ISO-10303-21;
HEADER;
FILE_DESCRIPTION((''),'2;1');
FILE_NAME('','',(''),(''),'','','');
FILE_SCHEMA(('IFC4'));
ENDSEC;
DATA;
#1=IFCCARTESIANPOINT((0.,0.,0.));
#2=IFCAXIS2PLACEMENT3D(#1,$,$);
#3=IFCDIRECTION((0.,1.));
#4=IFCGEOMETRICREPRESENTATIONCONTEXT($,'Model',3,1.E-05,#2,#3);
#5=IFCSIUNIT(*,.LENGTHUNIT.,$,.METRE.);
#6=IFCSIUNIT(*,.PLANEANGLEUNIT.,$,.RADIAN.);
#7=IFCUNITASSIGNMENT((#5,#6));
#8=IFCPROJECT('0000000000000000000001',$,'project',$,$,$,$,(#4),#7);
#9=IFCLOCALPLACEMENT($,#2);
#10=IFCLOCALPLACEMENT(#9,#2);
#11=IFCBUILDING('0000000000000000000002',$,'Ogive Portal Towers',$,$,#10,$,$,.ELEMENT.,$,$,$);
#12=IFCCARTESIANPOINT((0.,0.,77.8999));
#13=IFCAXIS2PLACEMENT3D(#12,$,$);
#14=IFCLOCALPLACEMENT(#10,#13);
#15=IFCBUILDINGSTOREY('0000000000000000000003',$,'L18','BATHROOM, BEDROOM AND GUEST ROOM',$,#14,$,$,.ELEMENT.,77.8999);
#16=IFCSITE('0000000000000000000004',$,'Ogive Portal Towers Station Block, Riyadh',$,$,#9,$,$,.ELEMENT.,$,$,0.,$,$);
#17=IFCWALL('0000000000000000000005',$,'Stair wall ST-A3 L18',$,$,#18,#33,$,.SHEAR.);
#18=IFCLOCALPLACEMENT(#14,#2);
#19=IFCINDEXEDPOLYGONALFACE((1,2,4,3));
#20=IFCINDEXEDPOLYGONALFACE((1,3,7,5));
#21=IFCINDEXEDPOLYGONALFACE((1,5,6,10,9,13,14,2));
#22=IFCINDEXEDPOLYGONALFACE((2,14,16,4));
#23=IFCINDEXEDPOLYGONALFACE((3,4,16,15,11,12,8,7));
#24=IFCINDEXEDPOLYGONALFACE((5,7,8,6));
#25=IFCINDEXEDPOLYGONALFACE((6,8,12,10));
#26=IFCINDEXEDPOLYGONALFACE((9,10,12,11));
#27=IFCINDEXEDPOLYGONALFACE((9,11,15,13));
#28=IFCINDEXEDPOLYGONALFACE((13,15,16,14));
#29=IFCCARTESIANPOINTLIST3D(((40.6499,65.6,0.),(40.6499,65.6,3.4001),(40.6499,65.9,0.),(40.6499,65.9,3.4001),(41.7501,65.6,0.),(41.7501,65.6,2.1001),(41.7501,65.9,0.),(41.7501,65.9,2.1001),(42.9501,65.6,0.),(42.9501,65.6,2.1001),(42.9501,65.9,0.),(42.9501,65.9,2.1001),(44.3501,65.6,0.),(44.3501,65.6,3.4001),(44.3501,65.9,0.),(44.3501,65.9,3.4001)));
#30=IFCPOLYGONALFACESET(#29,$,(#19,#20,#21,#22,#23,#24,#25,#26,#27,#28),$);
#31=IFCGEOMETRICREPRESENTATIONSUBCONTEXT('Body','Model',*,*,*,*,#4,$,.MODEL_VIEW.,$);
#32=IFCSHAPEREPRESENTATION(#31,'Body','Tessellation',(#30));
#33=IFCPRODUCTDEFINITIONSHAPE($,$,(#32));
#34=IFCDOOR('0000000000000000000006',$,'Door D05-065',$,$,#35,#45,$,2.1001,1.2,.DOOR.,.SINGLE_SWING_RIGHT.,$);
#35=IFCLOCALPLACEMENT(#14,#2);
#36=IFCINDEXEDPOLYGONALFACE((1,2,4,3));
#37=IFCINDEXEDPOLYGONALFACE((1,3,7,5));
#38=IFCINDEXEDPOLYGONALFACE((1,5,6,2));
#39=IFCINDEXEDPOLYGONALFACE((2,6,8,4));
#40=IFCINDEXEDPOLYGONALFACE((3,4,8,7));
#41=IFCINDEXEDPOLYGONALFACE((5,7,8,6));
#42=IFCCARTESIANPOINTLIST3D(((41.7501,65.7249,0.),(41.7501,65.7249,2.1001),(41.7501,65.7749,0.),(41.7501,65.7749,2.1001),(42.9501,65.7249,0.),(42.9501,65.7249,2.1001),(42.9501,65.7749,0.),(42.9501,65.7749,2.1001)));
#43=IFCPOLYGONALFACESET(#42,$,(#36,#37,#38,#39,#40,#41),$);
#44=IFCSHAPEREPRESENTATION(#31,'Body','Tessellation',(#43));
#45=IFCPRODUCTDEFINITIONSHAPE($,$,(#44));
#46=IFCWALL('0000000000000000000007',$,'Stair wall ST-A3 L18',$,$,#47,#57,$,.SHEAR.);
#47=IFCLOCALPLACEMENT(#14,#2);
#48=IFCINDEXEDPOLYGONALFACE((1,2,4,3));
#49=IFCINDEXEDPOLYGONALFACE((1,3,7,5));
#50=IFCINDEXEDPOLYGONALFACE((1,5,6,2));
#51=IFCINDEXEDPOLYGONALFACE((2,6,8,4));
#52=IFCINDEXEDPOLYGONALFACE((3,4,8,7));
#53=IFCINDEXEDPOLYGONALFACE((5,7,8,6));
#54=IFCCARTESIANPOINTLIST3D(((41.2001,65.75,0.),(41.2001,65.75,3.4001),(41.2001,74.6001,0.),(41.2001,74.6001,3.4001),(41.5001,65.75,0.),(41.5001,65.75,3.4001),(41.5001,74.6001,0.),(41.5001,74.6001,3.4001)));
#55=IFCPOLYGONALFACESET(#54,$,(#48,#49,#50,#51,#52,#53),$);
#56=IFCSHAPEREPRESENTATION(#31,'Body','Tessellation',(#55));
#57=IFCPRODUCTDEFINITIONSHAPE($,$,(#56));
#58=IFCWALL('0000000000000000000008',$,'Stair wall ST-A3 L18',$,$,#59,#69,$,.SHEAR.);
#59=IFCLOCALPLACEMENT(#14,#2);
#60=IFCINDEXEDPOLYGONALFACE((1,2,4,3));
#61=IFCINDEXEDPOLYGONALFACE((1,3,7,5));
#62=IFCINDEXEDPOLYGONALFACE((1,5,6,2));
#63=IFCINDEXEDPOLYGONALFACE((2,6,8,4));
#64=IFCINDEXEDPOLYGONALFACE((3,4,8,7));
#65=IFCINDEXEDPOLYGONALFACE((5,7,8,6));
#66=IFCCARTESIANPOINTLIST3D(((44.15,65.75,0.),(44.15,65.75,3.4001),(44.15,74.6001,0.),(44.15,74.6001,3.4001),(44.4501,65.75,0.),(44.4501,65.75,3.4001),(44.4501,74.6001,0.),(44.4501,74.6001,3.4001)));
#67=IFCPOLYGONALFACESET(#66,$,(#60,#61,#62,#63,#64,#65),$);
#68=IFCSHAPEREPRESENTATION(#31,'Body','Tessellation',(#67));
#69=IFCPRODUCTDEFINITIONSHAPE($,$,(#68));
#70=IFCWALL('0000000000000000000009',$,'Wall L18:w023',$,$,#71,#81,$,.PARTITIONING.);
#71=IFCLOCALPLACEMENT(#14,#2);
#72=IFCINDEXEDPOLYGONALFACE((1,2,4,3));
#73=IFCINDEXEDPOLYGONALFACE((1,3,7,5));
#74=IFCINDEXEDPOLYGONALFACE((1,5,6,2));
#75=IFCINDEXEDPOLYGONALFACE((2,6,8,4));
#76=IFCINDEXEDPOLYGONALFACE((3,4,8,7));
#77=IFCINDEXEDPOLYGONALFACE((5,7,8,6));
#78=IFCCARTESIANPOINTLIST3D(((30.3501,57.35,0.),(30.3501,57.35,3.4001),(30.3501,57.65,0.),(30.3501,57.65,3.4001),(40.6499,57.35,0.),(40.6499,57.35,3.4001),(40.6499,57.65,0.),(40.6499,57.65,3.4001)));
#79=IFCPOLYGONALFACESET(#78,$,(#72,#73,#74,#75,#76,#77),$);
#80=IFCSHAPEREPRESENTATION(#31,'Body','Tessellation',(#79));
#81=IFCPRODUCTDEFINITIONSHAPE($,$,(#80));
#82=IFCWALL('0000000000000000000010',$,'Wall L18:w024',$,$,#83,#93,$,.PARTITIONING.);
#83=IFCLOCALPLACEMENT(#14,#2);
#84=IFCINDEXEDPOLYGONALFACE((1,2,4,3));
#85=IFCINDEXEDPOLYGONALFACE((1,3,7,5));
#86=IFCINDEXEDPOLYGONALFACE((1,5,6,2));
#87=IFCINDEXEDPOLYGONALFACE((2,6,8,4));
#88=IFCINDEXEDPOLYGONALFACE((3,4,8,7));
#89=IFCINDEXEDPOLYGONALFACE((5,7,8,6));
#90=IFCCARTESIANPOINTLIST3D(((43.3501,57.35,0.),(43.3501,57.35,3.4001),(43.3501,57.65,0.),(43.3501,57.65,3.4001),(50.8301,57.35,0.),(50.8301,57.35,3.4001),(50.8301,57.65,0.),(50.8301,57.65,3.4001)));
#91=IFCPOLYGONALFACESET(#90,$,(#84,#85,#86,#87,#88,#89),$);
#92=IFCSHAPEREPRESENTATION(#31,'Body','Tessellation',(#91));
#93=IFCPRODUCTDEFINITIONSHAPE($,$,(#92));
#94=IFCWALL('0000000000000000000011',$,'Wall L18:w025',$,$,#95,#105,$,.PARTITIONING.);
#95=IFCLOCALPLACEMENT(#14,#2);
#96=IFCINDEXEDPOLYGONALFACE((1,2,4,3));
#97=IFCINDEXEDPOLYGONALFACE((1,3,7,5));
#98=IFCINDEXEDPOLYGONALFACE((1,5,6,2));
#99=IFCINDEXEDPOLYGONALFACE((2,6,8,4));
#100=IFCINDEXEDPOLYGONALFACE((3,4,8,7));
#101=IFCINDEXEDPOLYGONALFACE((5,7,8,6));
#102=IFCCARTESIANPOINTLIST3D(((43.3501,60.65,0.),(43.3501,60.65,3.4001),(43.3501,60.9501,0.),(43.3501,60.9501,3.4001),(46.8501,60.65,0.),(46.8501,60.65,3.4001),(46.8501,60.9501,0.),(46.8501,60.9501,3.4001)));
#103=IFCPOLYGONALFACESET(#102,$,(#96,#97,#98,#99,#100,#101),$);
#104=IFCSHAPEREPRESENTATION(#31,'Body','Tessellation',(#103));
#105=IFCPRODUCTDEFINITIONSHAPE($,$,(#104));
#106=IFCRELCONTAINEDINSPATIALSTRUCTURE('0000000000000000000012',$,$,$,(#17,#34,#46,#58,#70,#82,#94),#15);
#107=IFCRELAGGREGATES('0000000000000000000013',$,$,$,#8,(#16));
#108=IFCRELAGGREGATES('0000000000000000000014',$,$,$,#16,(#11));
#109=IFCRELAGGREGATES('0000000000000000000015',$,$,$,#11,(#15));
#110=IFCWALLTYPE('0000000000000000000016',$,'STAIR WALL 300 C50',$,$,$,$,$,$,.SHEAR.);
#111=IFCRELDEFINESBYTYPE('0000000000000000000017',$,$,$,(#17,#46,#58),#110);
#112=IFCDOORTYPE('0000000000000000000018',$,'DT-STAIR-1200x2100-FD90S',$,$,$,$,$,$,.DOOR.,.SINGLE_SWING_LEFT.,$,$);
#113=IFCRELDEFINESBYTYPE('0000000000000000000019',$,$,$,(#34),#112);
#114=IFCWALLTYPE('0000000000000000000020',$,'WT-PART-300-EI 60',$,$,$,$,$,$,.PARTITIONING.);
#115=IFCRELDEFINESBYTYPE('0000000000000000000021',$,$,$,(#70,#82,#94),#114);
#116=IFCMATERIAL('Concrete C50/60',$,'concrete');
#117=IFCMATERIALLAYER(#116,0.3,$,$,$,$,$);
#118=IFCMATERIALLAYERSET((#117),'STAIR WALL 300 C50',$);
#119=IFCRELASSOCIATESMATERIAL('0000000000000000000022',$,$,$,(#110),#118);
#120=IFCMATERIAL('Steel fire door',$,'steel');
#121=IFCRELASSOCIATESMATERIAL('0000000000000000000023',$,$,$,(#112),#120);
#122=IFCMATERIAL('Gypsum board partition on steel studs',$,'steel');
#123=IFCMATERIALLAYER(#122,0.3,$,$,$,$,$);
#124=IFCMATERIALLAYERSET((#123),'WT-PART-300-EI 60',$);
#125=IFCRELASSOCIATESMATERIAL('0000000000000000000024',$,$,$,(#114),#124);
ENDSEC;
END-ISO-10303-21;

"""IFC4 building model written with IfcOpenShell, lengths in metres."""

from ifc_helpers import new_model, si_unit, direction, frame, frame_2d, origin, place, context, subcontext, project, spatial, rectangle, extrude, material, layer, layer_set, type_object, element, fill, save


model = new_model("IFC4")

# Units and contexts
model_context = context("Model", 3, precision=1e-05, world=origin(), true_north=direction((0.0, 1.0)))
body_context = subcontext(model_context, "Body", "Model", "MODEL_VIEW")
ifc_project = project(units=[si_unit("LENGTHUNIT", "METRE"), si_unit("PLANEANGLEUNIT", "RADIAN")], contexts=[model_context])

# Site, building, storey
site_placement = place(None, origin())
site = spatial("IfcSite", under=ifc_project, at=site_placement, Name="Ogive Portal Towers Station Block, Riyadh", CompositionType="ELEMENT", RefElevation=0.0)
building_placement = place(site_placement, origin())
building = spatial("IfcBuilding", under=site, at=building_placement, Name="Ogive Portal Towers", CompositionType="ELEMENT")
storey_placement = place(building_placement, frame((0.0, 0.0, 77.8999)))
storey = spatial("IfcBuildingStorey", under=building, at=storey_placement, Name="L18", Description="BATHROOM, BEDROOM AND GUEST ROOM", CompositionType="ELEMENT", Elevation=77.8999)

# Wall, opening, door
ifc_material_1 = material(Name="Concrete C50/60", Category="concrete")
ifc_layer_1 = layer(ifc_material_1, 0.3)
ifc_layer_set_1 = layer_set([ifc_layer_1], Name="STAIR WALL 300 C50")
wall_type_1 = type_object("IfcWallType", Name="STAIR WALL 300 C50", PredefinedType="SHEAR", material=ifc_layer_set_1)
wall_1_placement = place(storey_placement, frame((40.6499, 65.75, 0.0), z_axis=(0.0, 0.0, 1.0), x_axis=(1.0, 0.0, 0.0)))
wall_1 = element("IfcWall", 1, at=wall_1_placement, inside=storey, type_object=wall_type_1, Name="Stair wall ST-A3 L18", PredefinedType="SHEAR", context=body_context, shape_type="SweptSolid", body=[
    extrude(rectangle(XDim=3.7002, YDim=0.3, at=frame_2d((1.8501, 0.0))), origin(), (0.0, 0.0, 1.0), 3.4001),
])
opening_1_placement = place(wall_1_placement, frame((1.1001, 0.0, 0.0)))
opening_1 = element("IfcOpeningElement", 2, at=opening_1_placement, cuts=wall_1, PredefinedType="OPENING", context=body_context, shape_type="SweptSolid", body=[
    extrude(rectangle(XDim=1.2, YDim=2.1001, at=frame_2d((0.6001, 1.05))), frame((0.0, 0.1602, 0.0), z_axis=(0.0, -1.0, 0.0), x_axis=(1.0, 0.0, 0.0)), (0.0, 0.0, 1.0), 0.3201),
])
ifc_material_2 = material(Name="Steel fire door", Category="steel")
door_type = type_object("IfcDoorType", Name="DT-STAIR-1200x2100-FD90S", OperationType="SINGLE_SWING_LEFT", PredefinedType="DOOR", material=ifc_material_2)
door_placement = place(opening_1_placement, origin())
door = element("IfcDoor", 3, at=door_placement, inside=storey, type_object=door_type, Name="Door D05-065", OperationType="SINGLE_SWING_RIGHT", OverallHeight=2.1001, OverallWidth=1.2, PredefinedType="DOOR", context=body_context, shape_type="SweptSolid", body=[
    extrude(rectangle(XDim=1.2, YDim=2.1001, at=frame_2d((0.6001, 1.05))), frame((0.0, 0.0249, 0.0), z_axis=(0.0, -1.0, 0.0), x_axis=(1.0, 0.0, 0.0)), (0.0, 0.0, 1.0), 0.05),
])
fill(opening_1, door)

# Walls
for number, where, z_axis, x_axis, name in (
    (4, (41.3501, 65.75, 0.0), (0.0, 0.0, 1.0), (0.0, 1.0, 0.0), "Stair wall ST-A3 L18"),
    (5, (44.3, 65.75, 0.0), (0.0, 0.0, 1.0), (0.0, 1.0, 0.0), "Stair wall ST-A3 L18"),
):
    element("IfcWall", number, at=place(storey_placement, frame(where, z_axis=z_axis, x_axis=x_axis)), inside=storey, type_object=wall_type_1, Name=name, PredefinedType="SHEAR", context=body_context, shape_type="SweptSolid", body=[
        extrude(rectangle(XDim=8.8501, YDim=0.3, at=frame_2d((4.425, 0.0))), origin(), (0.0, 0.0, 1.0), 3.4001),
    ])
ifc_material_3 = material(Name="Gypsum board partition on steel studs", Category="steel")
ifc_layer_2 = layer(ifc_material_3, 0.3)
ifc_layer_set_2 = layer_set([ifc_layer_2], Name="WT-PART-300-EI 60")
wall_type_2 = type_object("IfcWallType", Name="WT-PART-300-EI 60", PredefinedType="PARTITIONING", material=ifc_layer_set_2)
wall_2_placement = place(storey_placement, frame((30.3501, 57.5, 0.0), z_axis=(0.0, 0.0, 1.0), x_axis=(1.0, 0.0, 0.0)))
element("IfcWall", 6, at=wall_2_placement, inside=storey, type_object=wall_type_2, Name="Wall L18:w023", PredefinedType="PARTITIONING", context=body_context, shape_type="SweptSolid", body=[
    extrude(rectangle(XDim=10.2998, YDim=0.3, at=frame_2d((5.1499, 0.0))), origin(), (0.0, 0.0, 1.0), 3.4001),
])
wall_3_placement = place(storey_placement, frame((43.3501, 57.5, 0.0), z_axis=(0.0, 0.0, 1.0), x_axis=(1.0, 0.0, 0.0)))
element("IfcWall", 7, at=wall_3_placement, inside=storey, type_object=wall_type_2, Name="Wall L18:w024", PredefinedType="PARTITIONING", context=body_context, shape_type="SweptSolid", body=[
    extrude(rectangle(XDim=7.48, YDim=0.3, at=frame_2d((3.74, 0.0))), origin(), (0.0, 0.0, 1.0), 3.4001),
])
wall_4_placement = place(storey_placement, frame((43.3501, 60.8, 0.0), z_axis=(0.0, 0.0, 1.0), x_axis=(1.0, 0.0, 0.0)))
element("IfcWall", 8, at=wall_4_placement, inside=storey, type_object=wall_type_2, Name="Wall L18:w025", PredefinedType="PARTITIONING", context=body_context, shape_type="SweptSolid", body=[
    extrude(rectangle(XDim=3.5, YDim=0.3, at=frame_2d((1.75, 0.0))), origin(), (0.0, 0.0, 1.0), 3.4001),
])

save(model, "model.ifc")
